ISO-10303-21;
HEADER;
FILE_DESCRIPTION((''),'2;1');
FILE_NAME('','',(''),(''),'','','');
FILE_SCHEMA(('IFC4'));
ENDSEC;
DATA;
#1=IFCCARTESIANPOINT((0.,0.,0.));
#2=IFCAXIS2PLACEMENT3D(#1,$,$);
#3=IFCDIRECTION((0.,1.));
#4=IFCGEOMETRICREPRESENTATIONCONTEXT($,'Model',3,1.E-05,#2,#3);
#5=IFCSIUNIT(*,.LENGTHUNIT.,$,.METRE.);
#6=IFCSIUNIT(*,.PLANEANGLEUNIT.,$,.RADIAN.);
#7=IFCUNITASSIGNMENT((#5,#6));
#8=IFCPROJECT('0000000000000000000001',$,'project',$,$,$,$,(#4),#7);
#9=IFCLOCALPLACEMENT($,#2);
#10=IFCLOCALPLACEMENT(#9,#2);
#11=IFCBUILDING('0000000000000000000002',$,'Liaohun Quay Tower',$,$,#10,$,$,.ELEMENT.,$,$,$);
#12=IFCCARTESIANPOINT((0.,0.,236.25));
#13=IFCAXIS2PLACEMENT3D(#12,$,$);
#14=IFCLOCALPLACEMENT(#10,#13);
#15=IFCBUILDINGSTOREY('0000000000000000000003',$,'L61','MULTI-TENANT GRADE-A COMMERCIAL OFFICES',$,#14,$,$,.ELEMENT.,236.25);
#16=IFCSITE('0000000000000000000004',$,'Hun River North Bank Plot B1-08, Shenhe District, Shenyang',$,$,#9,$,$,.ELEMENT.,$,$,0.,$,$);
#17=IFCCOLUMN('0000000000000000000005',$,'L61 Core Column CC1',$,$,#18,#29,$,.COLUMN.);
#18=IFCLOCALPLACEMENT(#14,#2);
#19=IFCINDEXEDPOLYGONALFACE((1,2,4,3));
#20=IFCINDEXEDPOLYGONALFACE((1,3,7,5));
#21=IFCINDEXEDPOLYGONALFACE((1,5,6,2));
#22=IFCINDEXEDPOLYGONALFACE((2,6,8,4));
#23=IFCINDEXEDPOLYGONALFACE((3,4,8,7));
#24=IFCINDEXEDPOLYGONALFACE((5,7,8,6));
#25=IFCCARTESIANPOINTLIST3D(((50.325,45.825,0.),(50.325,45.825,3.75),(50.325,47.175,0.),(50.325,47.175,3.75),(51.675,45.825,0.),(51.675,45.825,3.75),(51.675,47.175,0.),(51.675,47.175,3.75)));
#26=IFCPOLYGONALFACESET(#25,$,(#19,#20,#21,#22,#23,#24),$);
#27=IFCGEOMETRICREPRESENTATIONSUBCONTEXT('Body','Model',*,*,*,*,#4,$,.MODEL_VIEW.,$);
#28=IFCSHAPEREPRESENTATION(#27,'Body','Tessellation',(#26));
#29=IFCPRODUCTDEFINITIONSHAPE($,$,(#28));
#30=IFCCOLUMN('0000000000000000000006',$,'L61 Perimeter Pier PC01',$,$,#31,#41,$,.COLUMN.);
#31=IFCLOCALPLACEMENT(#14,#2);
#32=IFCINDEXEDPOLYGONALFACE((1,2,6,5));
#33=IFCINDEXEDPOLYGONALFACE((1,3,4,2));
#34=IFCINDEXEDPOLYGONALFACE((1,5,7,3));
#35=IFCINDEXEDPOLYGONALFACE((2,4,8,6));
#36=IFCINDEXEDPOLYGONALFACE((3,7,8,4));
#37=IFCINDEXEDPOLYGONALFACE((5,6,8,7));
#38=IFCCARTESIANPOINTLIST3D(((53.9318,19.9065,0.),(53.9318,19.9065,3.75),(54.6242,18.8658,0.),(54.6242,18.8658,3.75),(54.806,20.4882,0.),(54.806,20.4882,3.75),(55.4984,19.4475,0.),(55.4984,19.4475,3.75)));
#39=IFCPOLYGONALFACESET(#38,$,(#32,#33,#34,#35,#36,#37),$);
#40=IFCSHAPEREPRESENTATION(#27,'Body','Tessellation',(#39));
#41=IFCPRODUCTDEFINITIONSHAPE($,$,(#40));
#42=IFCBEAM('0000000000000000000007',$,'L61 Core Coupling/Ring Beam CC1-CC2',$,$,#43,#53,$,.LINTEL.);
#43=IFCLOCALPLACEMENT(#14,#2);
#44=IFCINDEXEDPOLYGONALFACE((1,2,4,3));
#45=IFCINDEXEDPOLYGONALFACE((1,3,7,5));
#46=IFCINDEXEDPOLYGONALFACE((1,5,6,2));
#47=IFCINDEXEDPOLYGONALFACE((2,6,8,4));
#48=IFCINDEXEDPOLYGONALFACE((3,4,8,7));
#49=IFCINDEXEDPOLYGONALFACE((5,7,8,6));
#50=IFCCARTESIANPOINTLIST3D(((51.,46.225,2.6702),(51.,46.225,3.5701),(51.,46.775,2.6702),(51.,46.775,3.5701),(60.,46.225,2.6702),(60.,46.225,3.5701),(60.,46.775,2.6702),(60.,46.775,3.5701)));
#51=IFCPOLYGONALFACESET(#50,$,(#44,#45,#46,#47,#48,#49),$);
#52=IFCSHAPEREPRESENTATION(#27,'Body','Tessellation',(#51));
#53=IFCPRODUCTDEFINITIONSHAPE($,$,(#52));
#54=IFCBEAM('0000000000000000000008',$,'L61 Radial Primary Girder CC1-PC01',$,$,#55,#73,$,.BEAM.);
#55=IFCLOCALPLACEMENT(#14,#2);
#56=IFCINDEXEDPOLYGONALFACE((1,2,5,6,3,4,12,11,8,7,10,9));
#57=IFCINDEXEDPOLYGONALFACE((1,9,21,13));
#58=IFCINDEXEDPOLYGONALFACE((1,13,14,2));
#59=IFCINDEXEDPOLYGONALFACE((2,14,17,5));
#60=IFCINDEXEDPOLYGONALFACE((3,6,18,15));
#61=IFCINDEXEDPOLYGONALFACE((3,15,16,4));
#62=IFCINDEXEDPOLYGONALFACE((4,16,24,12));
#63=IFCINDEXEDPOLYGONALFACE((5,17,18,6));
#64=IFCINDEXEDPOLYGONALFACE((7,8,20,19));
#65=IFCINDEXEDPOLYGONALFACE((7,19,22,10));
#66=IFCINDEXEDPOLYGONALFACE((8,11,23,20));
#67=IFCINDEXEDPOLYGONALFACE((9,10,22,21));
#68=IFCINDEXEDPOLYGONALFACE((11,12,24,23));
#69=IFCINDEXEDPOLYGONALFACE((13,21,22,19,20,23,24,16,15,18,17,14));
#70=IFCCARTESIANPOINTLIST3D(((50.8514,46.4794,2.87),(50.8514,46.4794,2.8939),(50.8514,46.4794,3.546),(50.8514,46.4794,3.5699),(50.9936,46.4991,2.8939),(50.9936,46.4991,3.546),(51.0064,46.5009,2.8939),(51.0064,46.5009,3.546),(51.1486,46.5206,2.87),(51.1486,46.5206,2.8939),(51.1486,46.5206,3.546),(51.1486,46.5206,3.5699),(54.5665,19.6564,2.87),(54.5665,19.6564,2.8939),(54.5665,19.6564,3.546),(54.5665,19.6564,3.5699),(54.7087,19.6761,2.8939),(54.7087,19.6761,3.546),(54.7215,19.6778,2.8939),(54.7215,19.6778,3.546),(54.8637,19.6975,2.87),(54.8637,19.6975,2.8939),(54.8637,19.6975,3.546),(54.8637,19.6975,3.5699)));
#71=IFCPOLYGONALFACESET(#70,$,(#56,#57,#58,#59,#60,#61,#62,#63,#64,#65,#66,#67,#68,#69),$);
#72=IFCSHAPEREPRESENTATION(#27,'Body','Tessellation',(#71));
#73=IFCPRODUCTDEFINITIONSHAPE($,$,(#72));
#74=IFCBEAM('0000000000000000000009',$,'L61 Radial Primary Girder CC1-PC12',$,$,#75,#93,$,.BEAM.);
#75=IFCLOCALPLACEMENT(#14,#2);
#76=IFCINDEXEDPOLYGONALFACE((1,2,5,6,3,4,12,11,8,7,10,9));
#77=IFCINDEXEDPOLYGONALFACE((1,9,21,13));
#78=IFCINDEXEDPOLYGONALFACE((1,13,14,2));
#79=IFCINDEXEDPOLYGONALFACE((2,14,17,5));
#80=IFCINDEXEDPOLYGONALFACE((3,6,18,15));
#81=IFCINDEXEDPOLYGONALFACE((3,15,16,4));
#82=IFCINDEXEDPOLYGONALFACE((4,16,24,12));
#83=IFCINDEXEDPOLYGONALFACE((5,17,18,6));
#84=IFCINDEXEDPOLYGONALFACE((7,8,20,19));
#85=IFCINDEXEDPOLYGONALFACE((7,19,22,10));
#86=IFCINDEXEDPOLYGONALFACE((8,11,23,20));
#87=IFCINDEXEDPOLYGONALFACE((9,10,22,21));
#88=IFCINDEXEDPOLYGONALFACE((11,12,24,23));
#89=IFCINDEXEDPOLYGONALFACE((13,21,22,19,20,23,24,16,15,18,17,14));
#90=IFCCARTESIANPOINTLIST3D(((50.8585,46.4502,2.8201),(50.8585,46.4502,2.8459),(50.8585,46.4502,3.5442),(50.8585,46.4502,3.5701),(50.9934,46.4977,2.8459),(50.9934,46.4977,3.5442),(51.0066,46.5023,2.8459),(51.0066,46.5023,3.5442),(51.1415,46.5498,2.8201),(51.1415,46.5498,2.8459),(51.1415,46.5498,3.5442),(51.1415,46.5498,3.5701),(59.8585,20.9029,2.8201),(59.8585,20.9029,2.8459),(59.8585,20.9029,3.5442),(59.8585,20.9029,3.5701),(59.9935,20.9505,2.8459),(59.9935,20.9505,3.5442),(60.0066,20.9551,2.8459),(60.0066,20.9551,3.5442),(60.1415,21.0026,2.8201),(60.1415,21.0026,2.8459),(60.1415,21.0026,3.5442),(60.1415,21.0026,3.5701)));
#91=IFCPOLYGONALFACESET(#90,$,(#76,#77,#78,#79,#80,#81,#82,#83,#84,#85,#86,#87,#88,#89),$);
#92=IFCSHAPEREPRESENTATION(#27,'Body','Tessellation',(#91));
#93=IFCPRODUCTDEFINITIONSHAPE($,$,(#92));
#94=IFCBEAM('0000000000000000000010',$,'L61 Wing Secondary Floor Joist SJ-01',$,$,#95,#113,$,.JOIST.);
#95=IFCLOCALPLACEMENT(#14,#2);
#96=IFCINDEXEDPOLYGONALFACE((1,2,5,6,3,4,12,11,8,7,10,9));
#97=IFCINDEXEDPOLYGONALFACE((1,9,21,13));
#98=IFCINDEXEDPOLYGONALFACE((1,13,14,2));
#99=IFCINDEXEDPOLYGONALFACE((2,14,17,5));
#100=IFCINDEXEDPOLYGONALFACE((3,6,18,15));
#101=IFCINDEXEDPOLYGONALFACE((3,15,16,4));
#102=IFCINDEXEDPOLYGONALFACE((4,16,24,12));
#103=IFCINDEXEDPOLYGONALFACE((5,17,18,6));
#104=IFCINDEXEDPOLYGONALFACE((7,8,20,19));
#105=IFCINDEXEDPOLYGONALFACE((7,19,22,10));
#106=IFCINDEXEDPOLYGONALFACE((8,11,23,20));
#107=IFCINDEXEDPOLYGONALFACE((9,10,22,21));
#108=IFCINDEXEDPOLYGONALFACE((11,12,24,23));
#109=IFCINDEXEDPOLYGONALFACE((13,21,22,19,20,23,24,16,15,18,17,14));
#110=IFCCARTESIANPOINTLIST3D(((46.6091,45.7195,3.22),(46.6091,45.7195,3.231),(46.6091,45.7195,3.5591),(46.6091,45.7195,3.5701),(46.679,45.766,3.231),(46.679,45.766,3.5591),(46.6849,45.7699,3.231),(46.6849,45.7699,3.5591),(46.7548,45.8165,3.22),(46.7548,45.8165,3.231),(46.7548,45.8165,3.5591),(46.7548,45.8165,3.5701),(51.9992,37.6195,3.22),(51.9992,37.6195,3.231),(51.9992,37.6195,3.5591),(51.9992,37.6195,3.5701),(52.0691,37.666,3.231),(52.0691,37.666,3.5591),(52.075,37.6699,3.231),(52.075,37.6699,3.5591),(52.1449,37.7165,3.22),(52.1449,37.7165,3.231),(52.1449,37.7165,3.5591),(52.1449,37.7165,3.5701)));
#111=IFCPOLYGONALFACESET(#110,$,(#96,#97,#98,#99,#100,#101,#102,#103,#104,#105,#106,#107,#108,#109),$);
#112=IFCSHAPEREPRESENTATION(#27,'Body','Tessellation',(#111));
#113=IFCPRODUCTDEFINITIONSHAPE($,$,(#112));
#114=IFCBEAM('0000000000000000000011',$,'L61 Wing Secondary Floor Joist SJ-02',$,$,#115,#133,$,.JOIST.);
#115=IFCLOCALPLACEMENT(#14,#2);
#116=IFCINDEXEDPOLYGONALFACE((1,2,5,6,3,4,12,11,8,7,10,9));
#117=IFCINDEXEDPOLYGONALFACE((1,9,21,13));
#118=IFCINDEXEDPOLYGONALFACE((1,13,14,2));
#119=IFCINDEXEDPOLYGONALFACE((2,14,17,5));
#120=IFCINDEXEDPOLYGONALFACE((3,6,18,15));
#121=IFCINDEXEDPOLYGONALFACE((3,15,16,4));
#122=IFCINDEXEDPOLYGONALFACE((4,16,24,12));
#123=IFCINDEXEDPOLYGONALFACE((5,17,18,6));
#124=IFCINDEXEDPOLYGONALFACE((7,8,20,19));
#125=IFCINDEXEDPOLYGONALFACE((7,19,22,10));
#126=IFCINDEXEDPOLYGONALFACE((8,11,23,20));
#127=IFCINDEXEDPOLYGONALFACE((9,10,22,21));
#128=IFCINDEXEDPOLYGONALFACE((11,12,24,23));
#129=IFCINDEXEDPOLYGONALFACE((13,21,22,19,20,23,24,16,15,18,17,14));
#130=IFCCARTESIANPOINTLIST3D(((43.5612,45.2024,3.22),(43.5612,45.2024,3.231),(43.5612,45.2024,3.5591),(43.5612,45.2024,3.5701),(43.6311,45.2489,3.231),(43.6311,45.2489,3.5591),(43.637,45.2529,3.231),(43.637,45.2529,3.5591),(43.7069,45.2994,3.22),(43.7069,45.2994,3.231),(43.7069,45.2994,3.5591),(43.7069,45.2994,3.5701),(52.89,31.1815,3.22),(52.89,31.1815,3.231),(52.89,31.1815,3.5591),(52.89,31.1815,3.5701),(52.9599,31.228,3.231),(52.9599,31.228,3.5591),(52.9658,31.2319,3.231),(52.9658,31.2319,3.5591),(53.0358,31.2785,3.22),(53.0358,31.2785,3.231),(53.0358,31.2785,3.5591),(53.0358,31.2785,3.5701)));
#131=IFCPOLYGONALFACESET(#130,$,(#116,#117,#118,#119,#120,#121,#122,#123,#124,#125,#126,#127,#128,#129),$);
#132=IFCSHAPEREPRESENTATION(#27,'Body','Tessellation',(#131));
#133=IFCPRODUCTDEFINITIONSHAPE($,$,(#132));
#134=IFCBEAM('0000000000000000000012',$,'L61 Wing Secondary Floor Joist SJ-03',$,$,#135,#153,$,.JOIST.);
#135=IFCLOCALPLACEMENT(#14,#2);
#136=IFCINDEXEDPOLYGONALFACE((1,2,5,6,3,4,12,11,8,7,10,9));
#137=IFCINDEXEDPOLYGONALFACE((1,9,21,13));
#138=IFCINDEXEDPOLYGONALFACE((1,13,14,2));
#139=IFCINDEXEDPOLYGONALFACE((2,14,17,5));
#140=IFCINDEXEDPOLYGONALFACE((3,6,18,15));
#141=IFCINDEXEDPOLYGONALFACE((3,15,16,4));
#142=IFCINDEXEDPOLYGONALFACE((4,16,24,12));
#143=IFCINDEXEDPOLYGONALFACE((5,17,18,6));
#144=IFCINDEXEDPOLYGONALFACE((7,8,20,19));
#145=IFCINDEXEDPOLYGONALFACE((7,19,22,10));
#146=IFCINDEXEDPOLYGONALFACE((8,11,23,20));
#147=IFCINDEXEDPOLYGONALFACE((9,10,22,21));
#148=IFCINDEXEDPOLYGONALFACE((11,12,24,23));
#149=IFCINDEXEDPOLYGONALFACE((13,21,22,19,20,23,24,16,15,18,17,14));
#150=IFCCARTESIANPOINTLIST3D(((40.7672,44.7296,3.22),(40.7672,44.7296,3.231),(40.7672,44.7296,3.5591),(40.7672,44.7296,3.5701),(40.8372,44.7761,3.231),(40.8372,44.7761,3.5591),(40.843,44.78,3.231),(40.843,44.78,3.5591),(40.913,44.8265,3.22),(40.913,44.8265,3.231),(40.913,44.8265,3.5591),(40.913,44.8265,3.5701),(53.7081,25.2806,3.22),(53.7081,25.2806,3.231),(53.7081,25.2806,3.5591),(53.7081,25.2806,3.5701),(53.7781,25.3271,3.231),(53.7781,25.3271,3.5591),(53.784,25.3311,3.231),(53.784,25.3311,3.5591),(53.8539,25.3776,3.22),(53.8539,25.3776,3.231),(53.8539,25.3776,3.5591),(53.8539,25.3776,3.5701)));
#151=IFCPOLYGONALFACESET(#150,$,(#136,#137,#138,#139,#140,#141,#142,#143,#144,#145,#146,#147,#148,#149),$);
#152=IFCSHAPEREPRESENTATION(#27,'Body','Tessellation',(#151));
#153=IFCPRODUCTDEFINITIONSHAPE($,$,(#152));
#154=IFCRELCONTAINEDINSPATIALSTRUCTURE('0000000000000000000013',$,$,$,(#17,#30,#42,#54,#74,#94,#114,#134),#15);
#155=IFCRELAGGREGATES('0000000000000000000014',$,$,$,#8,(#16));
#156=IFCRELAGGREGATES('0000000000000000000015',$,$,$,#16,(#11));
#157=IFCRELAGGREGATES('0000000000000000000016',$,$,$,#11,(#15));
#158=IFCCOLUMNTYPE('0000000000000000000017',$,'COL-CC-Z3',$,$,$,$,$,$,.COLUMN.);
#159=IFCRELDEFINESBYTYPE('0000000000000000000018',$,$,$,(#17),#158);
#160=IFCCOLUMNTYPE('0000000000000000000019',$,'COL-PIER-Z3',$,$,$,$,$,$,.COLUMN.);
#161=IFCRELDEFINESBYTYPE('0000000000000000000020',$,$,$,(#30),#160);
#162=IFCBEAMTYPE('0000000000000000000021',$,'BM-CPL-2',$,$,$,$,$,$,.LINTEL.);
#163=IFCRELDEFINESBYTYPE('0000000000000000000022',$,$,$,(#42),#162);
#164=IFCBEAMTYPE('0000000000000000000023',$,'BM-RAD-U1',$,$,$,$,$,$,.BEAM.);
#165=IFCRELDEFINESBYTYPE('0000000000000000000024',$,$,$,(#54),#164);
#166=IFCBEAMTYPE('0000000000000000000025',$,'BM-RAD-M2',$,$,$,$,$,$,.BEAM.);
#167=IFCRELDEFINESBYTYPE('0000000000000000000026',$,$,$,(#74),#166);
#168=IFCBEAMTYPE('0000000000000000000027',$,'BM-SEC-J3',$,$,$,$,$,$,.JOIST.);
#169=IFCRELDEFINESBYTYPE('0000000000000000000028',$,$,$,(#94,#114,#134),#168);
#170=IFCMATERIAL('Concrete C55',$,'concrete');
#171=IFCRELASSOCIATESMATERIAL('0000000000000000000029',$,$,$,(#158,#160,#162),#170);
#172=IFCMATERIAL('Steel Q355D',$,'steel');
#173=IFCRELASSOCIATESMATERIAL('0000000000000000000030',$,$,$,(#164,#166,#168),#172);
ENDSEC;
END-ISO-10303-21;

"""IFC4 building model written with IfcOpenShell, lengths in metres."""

from ifc_helpers import new_model, si_unit, direction, frame, origin, origin_2d, place, context, subcontext, project, spatial, rectangle, i_section, extrude, source, transform, mapped, material, material_profile, profile_set, type_object, element, save


model = new_model("IFC4")

# Units and contexts
model_context = context("Model", 3, precision=1e-05, world=origin(), true_north=direction((0.0, 1.0)))
body_context = subcontext(model_context, "Body", "Model", "MODEL_VIEW")
ifc_project = project(units=[si_unit("LENGTHUNIT", "METRE"), si_unit("PLANEANGLEUNIT", "RADIAN")], contexts=[model_context])

# Site, building, storey
site_placement = place(None, origin())
site = spatial("IfcSite", under=ifc_project, at=site_placement, Name="Hun River North Bank Plot B1-08, Shenhe District, Shenyang", CompositionType="ELEMENT", RefElevation=0.0)
building_placement = place(site_placement, origin())
building = spatial("IfcBuilding", under=site, at=building_placement, Name="Liaohun Quay Tower", CompositionType="ELEMENT")
storey_placement = place(building_placement, frame((0.0, 0.0, 236.25)))
storey = spatial("IfcBuildingStorey", under=building, at=storey_placement, Name="L61", Description="MULTI-TENANT GRADE-A COMMERCIAL OFFICES", CompositionType="ELEMENT", Elevation=236.25)

# Columns
ifc_material_1 = material(Name="Concrete C55", Category="concrete")
ifc_material_profile_1 = material_profile(ifc_material_1, rectangle(XDim=1.3501, YDim=1.3501, at=origin_2d()), Name="RC1350x1350")
ifc_profile_set_1 = profile_set([ifc_material_profile_1], Name="Concrete C55")
column_type_1 = type_object("IfcColumnType", Name="COL-CC-Z3", PredefinedType="COLUMN", material=ifc_profile_set_1)
shared_shape_1 = source(origin(), body_context, "Body", "SweptSolid", [
    extrude(rectangle(XDim=1.3501, YDim=1.3501, at=origin_2d()), origin(), (0.0, 0.0, 1.0), 3.75),
])
column_1_placement = place(storey_placement, frame((51.0, 46.5, 0.0), z_axis=(0.0, 0.0, 1.0), x_axis=(1.0, 0.0, 0.0)))
element("IfcColumn", 1, at=column_1_placement, inside=storey, type_object=column_type_1, Name="L61 Core Column CC1", PredefinedType="COLUMN", context=body_context, shape_type="MappedRepresentation", body=[
    mapped(shared_shape_1, transform((0.0, 0.0, 0.0), x_axis=(1.0, 0.0, 0.0), y_axis=(0.0, 1.0, 0.0), z_axis=(0.0, 0.0, 1.0), scale=1.0)),
])
ifc_material_profile_2 = material_profile(ifc_material_1, rectangle(XDim=1.25, YDim=1.05, at=origin_2d()), Name="RC1250x1050")
ifc_profile_set_2 = profile_set([ifc_material_profile_2], Name="Concrete C55")
column_type_2 = type_object("IfcColumnType", Name="COL-PIER-Z3", PredefinedType="COLUMN", material=ifc_profile_set_2)
shared_shape_2 = source(origin(), body_context, "Body", "SweptSolid", [
    extrude(rectangle(XDim=1.25, YDim=1.05, at=origin_2d()), origin(), (0.0, 0.0, 1.0), 3.75),
])
column_2_placement = place(storey_placement, frame((54.7151, 19.677, 0.0), z_axis=(0.0, 0.0, 1.0), x_axis=(-0.553973, 0.832535, 0.0)))
element("IfcColumn", 2, at=column_2_placement, inside=storey, type_object=column_type_2, Name="L61 Perimeter Pier PC01", PredefinedType="COLUMN", context=body_context, shape_type="MappedRepresentation", body=[
    mapped(shared_shape_2, transform((0.0, 0.0, 0.0), x_axis=(1.0, 0.0, 0.0), y_axis=(0.0, 1.0, 0.0), z_axis=(0.0, 0.0, 1.0), scale=1.0)),
])

# Beams
ifc_material_profile_3 = material_profile(ifc_material_1, rectangle(XDim=0.55, YDim=0.8999, at=origin_2d()), Name="RC550x900")
ifc_profile_set_3 = profile_set([ifc_material_profile_3], Name="Concrete C55")
beam_type_1 = type_object("IfcBeamType", Name="BM-CPL-2", PredefinedType="LINTEL", material=ifc_profile_set_3)
shared_shape_3 = source(origin(), body_context, "Body", "SweptSolid", [
    extrude(rectangle(XDim=0.55, YDim=0.8999, at=origin_2d()), origin(), (0.0, 0.0, 1.0), 9.0),
])
beam_1_placement = place(storey_placement, frame((51.0, 46.5, 3.1201), z_axis=(1.0, 0.0, 0.0), x_axis=(0.0, 1.0, 0.0)))
element("IfcBeam", 3, at=beam_1_placement, inside=storey, type_object=beam_type_1, Name="L61 Core Coupling/Ring Beam CC1-CC2", PredefinedType="LINTEL", context=body_context, shape_type="MappedRepresentation", body=[
    mapped(shared_shape_3, transform((0.0, 0.0, 0.0), x_axis=(1.0, 0.0, 0.0), y_axis=(0.0, 1.0, 0.0), z_axis=(0.0, 0.0, 1.0), scale=1.0)),
])
ifc_material_2 = material(Name="Steel Q355D", Category="steel")
ifc_material_profile_4 = material_profile(ifc_material_2, i_section(OverallWidth=0.3, OverallDepth=0.7, WebThickness=0.0129, FlangeThickness=0.0239, at=origin_2d()), Name="HN700x300x13x24")
ifc_profile_set_4 = profile_set([ifc_material_profile_4], Name="Steel Q355D")
beam_type_2 = type_object("IfcBeamType", Name="BM-RAD-U1", PredefinedType="BEAM", material=ifc_profile_set_4)
shared_shape_4 = source(origin(), body_context, "Body", "SweptSolid", [
    extrude(i_section(OverallWidth=0.3, OverallDepth=0.7, WebThickness=0.0129, FlangeThickness=0.0239, at=origin_2d()), origin(), (0.0, 0.0, 1.0), 27.0791),
])
beam_2_placement = place(storey_placement, frame((51.0, 46.5, 3.22), z_axis=(0.137194, -0.990544, 0.0), x_axis=(0.990544, 0.137194, 0.0)))
element("IfcBeam", 4, at=beam_2_placement, inside=storey, type_object=beam_type_2, Name="L61 Radial Primary Girder CC1-PC01", PredefinedType="BEAM", context=body_context, shape_type="MappedRepresentation", body=[
    mapped(shared_shape_4, transform((0.0, 0.0, 0.0), x_axis=(1.0, 0.0, 0.0), y_axis=(0.0, 1.0, 0.0), z_axis=(0.0, 0.0, 1.0), scale=1.0)),
])
ifc_material_profile_5 = material_profile(ifc_material_2, i_section(OverallWidth=0.3, OverallDepth=0.75, WebThickness=0.0139, FlangeThickness=0.0259, at=origin_2d()), Name="HN750x300x14x26")
ifc_profile_set_5 = profile_set([ifc_material_profile_5], Name="Steel Q355D")
beam_type_3 = type_object("IfcBeamType", Name="BM-RAD-M2", PredefinedType="BEAM", material=ifc_profile_set_5)
shared_shape_5 = source(origin(), body_context, "Body", "SweptSolid", [
    extrude(i_section(OverallWidth=0.3, OverallDepth=0.75, WebThickness=0.0139, FlangeThickness=0.0259, at=origin_2d()), origin(), (0.0, 0.0, 1.0), 27.0862),
])
beam_3_placement = place(storey_placement, frame((51.0, 46.5, 3.1951), z_axis=(0.332274, -0.943183, 0.0), x_axis=(0.943183, 0.332274, 0.0)))
element("IfcBeam", 5, at=beam_3_placement, inside=storey, type_object=beam_type_3, Name="L61 Radial Primary Girder CC1-PC12", PredefinedType="BEAM", context=body_context, shape_type="MappedRepresentation", body=[
    mapped(shared_shape_5, transform((0.0, 0.0, 0.0), x_axis=(1.0, 0.0, 0.0), y_axis=(0.0, 1.0, 0.0), z_axis=(0.0, 0.0, 1.0), scale=1.0)),
])
ifc_material_profile_6 = material_profile(ifc_material_2, i_section(OverallWidth=0.175, OverallDepth=0.3501, WebThickness=0.0071, FlangeThickness=0.011, at=origin_2d()), Name="HN350x175x7x11")
ifc_profile_set_6 = profile_set([ifc_material_profile_6], Name="Steel Q355D")
beam_type_4 = type_object("IfcBeamType", Name="BM-SEC-J3", PredefinedType="JOIST", material=ifc_profile_set_6)
shared_shape_6 = source(origin(), body_context, "Body", "SweptSolid", [
    extrude(i_section(OverallWidth=0.175, OverallDepth=0.3501, WebThickness=0.0071, FlangeThickness=0.011, at=origin_2d()), origin(), (0.0, 0.0, 1.0), 9.7295),
])
beam_4_placement = place(storey_placement, frame((52.072, 37.668, 3.395), z_axis=(-0.553994, 0.832521, 0.0), x_axis=(-0.832521, -0.553994, 0.0)))
element("IfcBeam", 6, at=beam_4_placement, inside=storey, type_object=beam_type_4, Name="L61 Wing Secondary Floor Joist SJ-01", PredefinedType="JOIST", context=body_context, shape_type="MappedRepresentation", body=[
    mapped(shared_shape_6, transform((0.0, 0.0, 0.0), x_axis=(1.0, 0.0, 0.0), y_axis=(0.0, 1.0, 0.0), z_axis=(0.0, 0.0, 1.0), scale=1.0)),
])
shared_shape_7 = source(origin(), body_context, "Body", "SweptSolid", [
    extrude(i_section(OverallWidth=0.175, OverallDepth=0.3501, WebThickness=0.0071, FlangeThickness=0.011, at=origin_2d()), origin(), (0.0, 0.0, 1.0), 16.8408),
])
beam_5_placement = place(storey_placement, frame((52.9629, 31.23, 3.395), z_axis=(-0.553941, 0.832556, 0.0), x_axis=(-0.832556, -0.553941, 0.0)))
element("IfcBeam", 7, at=beam_5_placement, inside=storey, type_object=beam_type_4, Name="L61 Wing Secondary Floor Joist SJ-02", PredefinedType="JOIST", context=body_context, shape_type="MappedRepresentation", body=[
    mapped(shared_shape_7, transform((0.0, 0.0, 0.0), x_axis=(1.0, 0.0, 0.0), y_axis=(0.0, 1.0, 0.0), z_axis=(0.0, 0.0, 1.0), scale=1.0)),
])
shared_shape_8 = source(origin(), body_context, "Body", "SweptSolid", [
    extrude(i_section(OverallWidth=0.175, OverallDepth=0.3501, WebThickness=0.0071, FlangeThickness=0.011, at=origin_2d()), origin(), (0.0, 0.0, 1.0), 23.3608),
])
beam_6_placement = place(storey_placement, frame((53.781, 25.3291, 3.395), z_axis=(-0.553957, 0.832545, 0.0), x_axis=(-0.832545, -0.553957, 0.0)))
element("IfcBeam", 8, at=beam_6_placement, inside=storey, type_object=beam_type_4, Name="L61 Wing Secondary Floor Joist SJ-03", PredefinedType="JOIST", context=body_context, shape_type="MappedRepresentation", body=[
    mapped(shared_shape_8, transform((0.0, 0.0, 0.0), x_axis=(1.0, 0.0, 0.0), y_axis=(0.0, 1.0, 0.0), z_axis=(0.0, 0.0, 1.0), scale=1.0)),
])

save(model, "model.ifc")
